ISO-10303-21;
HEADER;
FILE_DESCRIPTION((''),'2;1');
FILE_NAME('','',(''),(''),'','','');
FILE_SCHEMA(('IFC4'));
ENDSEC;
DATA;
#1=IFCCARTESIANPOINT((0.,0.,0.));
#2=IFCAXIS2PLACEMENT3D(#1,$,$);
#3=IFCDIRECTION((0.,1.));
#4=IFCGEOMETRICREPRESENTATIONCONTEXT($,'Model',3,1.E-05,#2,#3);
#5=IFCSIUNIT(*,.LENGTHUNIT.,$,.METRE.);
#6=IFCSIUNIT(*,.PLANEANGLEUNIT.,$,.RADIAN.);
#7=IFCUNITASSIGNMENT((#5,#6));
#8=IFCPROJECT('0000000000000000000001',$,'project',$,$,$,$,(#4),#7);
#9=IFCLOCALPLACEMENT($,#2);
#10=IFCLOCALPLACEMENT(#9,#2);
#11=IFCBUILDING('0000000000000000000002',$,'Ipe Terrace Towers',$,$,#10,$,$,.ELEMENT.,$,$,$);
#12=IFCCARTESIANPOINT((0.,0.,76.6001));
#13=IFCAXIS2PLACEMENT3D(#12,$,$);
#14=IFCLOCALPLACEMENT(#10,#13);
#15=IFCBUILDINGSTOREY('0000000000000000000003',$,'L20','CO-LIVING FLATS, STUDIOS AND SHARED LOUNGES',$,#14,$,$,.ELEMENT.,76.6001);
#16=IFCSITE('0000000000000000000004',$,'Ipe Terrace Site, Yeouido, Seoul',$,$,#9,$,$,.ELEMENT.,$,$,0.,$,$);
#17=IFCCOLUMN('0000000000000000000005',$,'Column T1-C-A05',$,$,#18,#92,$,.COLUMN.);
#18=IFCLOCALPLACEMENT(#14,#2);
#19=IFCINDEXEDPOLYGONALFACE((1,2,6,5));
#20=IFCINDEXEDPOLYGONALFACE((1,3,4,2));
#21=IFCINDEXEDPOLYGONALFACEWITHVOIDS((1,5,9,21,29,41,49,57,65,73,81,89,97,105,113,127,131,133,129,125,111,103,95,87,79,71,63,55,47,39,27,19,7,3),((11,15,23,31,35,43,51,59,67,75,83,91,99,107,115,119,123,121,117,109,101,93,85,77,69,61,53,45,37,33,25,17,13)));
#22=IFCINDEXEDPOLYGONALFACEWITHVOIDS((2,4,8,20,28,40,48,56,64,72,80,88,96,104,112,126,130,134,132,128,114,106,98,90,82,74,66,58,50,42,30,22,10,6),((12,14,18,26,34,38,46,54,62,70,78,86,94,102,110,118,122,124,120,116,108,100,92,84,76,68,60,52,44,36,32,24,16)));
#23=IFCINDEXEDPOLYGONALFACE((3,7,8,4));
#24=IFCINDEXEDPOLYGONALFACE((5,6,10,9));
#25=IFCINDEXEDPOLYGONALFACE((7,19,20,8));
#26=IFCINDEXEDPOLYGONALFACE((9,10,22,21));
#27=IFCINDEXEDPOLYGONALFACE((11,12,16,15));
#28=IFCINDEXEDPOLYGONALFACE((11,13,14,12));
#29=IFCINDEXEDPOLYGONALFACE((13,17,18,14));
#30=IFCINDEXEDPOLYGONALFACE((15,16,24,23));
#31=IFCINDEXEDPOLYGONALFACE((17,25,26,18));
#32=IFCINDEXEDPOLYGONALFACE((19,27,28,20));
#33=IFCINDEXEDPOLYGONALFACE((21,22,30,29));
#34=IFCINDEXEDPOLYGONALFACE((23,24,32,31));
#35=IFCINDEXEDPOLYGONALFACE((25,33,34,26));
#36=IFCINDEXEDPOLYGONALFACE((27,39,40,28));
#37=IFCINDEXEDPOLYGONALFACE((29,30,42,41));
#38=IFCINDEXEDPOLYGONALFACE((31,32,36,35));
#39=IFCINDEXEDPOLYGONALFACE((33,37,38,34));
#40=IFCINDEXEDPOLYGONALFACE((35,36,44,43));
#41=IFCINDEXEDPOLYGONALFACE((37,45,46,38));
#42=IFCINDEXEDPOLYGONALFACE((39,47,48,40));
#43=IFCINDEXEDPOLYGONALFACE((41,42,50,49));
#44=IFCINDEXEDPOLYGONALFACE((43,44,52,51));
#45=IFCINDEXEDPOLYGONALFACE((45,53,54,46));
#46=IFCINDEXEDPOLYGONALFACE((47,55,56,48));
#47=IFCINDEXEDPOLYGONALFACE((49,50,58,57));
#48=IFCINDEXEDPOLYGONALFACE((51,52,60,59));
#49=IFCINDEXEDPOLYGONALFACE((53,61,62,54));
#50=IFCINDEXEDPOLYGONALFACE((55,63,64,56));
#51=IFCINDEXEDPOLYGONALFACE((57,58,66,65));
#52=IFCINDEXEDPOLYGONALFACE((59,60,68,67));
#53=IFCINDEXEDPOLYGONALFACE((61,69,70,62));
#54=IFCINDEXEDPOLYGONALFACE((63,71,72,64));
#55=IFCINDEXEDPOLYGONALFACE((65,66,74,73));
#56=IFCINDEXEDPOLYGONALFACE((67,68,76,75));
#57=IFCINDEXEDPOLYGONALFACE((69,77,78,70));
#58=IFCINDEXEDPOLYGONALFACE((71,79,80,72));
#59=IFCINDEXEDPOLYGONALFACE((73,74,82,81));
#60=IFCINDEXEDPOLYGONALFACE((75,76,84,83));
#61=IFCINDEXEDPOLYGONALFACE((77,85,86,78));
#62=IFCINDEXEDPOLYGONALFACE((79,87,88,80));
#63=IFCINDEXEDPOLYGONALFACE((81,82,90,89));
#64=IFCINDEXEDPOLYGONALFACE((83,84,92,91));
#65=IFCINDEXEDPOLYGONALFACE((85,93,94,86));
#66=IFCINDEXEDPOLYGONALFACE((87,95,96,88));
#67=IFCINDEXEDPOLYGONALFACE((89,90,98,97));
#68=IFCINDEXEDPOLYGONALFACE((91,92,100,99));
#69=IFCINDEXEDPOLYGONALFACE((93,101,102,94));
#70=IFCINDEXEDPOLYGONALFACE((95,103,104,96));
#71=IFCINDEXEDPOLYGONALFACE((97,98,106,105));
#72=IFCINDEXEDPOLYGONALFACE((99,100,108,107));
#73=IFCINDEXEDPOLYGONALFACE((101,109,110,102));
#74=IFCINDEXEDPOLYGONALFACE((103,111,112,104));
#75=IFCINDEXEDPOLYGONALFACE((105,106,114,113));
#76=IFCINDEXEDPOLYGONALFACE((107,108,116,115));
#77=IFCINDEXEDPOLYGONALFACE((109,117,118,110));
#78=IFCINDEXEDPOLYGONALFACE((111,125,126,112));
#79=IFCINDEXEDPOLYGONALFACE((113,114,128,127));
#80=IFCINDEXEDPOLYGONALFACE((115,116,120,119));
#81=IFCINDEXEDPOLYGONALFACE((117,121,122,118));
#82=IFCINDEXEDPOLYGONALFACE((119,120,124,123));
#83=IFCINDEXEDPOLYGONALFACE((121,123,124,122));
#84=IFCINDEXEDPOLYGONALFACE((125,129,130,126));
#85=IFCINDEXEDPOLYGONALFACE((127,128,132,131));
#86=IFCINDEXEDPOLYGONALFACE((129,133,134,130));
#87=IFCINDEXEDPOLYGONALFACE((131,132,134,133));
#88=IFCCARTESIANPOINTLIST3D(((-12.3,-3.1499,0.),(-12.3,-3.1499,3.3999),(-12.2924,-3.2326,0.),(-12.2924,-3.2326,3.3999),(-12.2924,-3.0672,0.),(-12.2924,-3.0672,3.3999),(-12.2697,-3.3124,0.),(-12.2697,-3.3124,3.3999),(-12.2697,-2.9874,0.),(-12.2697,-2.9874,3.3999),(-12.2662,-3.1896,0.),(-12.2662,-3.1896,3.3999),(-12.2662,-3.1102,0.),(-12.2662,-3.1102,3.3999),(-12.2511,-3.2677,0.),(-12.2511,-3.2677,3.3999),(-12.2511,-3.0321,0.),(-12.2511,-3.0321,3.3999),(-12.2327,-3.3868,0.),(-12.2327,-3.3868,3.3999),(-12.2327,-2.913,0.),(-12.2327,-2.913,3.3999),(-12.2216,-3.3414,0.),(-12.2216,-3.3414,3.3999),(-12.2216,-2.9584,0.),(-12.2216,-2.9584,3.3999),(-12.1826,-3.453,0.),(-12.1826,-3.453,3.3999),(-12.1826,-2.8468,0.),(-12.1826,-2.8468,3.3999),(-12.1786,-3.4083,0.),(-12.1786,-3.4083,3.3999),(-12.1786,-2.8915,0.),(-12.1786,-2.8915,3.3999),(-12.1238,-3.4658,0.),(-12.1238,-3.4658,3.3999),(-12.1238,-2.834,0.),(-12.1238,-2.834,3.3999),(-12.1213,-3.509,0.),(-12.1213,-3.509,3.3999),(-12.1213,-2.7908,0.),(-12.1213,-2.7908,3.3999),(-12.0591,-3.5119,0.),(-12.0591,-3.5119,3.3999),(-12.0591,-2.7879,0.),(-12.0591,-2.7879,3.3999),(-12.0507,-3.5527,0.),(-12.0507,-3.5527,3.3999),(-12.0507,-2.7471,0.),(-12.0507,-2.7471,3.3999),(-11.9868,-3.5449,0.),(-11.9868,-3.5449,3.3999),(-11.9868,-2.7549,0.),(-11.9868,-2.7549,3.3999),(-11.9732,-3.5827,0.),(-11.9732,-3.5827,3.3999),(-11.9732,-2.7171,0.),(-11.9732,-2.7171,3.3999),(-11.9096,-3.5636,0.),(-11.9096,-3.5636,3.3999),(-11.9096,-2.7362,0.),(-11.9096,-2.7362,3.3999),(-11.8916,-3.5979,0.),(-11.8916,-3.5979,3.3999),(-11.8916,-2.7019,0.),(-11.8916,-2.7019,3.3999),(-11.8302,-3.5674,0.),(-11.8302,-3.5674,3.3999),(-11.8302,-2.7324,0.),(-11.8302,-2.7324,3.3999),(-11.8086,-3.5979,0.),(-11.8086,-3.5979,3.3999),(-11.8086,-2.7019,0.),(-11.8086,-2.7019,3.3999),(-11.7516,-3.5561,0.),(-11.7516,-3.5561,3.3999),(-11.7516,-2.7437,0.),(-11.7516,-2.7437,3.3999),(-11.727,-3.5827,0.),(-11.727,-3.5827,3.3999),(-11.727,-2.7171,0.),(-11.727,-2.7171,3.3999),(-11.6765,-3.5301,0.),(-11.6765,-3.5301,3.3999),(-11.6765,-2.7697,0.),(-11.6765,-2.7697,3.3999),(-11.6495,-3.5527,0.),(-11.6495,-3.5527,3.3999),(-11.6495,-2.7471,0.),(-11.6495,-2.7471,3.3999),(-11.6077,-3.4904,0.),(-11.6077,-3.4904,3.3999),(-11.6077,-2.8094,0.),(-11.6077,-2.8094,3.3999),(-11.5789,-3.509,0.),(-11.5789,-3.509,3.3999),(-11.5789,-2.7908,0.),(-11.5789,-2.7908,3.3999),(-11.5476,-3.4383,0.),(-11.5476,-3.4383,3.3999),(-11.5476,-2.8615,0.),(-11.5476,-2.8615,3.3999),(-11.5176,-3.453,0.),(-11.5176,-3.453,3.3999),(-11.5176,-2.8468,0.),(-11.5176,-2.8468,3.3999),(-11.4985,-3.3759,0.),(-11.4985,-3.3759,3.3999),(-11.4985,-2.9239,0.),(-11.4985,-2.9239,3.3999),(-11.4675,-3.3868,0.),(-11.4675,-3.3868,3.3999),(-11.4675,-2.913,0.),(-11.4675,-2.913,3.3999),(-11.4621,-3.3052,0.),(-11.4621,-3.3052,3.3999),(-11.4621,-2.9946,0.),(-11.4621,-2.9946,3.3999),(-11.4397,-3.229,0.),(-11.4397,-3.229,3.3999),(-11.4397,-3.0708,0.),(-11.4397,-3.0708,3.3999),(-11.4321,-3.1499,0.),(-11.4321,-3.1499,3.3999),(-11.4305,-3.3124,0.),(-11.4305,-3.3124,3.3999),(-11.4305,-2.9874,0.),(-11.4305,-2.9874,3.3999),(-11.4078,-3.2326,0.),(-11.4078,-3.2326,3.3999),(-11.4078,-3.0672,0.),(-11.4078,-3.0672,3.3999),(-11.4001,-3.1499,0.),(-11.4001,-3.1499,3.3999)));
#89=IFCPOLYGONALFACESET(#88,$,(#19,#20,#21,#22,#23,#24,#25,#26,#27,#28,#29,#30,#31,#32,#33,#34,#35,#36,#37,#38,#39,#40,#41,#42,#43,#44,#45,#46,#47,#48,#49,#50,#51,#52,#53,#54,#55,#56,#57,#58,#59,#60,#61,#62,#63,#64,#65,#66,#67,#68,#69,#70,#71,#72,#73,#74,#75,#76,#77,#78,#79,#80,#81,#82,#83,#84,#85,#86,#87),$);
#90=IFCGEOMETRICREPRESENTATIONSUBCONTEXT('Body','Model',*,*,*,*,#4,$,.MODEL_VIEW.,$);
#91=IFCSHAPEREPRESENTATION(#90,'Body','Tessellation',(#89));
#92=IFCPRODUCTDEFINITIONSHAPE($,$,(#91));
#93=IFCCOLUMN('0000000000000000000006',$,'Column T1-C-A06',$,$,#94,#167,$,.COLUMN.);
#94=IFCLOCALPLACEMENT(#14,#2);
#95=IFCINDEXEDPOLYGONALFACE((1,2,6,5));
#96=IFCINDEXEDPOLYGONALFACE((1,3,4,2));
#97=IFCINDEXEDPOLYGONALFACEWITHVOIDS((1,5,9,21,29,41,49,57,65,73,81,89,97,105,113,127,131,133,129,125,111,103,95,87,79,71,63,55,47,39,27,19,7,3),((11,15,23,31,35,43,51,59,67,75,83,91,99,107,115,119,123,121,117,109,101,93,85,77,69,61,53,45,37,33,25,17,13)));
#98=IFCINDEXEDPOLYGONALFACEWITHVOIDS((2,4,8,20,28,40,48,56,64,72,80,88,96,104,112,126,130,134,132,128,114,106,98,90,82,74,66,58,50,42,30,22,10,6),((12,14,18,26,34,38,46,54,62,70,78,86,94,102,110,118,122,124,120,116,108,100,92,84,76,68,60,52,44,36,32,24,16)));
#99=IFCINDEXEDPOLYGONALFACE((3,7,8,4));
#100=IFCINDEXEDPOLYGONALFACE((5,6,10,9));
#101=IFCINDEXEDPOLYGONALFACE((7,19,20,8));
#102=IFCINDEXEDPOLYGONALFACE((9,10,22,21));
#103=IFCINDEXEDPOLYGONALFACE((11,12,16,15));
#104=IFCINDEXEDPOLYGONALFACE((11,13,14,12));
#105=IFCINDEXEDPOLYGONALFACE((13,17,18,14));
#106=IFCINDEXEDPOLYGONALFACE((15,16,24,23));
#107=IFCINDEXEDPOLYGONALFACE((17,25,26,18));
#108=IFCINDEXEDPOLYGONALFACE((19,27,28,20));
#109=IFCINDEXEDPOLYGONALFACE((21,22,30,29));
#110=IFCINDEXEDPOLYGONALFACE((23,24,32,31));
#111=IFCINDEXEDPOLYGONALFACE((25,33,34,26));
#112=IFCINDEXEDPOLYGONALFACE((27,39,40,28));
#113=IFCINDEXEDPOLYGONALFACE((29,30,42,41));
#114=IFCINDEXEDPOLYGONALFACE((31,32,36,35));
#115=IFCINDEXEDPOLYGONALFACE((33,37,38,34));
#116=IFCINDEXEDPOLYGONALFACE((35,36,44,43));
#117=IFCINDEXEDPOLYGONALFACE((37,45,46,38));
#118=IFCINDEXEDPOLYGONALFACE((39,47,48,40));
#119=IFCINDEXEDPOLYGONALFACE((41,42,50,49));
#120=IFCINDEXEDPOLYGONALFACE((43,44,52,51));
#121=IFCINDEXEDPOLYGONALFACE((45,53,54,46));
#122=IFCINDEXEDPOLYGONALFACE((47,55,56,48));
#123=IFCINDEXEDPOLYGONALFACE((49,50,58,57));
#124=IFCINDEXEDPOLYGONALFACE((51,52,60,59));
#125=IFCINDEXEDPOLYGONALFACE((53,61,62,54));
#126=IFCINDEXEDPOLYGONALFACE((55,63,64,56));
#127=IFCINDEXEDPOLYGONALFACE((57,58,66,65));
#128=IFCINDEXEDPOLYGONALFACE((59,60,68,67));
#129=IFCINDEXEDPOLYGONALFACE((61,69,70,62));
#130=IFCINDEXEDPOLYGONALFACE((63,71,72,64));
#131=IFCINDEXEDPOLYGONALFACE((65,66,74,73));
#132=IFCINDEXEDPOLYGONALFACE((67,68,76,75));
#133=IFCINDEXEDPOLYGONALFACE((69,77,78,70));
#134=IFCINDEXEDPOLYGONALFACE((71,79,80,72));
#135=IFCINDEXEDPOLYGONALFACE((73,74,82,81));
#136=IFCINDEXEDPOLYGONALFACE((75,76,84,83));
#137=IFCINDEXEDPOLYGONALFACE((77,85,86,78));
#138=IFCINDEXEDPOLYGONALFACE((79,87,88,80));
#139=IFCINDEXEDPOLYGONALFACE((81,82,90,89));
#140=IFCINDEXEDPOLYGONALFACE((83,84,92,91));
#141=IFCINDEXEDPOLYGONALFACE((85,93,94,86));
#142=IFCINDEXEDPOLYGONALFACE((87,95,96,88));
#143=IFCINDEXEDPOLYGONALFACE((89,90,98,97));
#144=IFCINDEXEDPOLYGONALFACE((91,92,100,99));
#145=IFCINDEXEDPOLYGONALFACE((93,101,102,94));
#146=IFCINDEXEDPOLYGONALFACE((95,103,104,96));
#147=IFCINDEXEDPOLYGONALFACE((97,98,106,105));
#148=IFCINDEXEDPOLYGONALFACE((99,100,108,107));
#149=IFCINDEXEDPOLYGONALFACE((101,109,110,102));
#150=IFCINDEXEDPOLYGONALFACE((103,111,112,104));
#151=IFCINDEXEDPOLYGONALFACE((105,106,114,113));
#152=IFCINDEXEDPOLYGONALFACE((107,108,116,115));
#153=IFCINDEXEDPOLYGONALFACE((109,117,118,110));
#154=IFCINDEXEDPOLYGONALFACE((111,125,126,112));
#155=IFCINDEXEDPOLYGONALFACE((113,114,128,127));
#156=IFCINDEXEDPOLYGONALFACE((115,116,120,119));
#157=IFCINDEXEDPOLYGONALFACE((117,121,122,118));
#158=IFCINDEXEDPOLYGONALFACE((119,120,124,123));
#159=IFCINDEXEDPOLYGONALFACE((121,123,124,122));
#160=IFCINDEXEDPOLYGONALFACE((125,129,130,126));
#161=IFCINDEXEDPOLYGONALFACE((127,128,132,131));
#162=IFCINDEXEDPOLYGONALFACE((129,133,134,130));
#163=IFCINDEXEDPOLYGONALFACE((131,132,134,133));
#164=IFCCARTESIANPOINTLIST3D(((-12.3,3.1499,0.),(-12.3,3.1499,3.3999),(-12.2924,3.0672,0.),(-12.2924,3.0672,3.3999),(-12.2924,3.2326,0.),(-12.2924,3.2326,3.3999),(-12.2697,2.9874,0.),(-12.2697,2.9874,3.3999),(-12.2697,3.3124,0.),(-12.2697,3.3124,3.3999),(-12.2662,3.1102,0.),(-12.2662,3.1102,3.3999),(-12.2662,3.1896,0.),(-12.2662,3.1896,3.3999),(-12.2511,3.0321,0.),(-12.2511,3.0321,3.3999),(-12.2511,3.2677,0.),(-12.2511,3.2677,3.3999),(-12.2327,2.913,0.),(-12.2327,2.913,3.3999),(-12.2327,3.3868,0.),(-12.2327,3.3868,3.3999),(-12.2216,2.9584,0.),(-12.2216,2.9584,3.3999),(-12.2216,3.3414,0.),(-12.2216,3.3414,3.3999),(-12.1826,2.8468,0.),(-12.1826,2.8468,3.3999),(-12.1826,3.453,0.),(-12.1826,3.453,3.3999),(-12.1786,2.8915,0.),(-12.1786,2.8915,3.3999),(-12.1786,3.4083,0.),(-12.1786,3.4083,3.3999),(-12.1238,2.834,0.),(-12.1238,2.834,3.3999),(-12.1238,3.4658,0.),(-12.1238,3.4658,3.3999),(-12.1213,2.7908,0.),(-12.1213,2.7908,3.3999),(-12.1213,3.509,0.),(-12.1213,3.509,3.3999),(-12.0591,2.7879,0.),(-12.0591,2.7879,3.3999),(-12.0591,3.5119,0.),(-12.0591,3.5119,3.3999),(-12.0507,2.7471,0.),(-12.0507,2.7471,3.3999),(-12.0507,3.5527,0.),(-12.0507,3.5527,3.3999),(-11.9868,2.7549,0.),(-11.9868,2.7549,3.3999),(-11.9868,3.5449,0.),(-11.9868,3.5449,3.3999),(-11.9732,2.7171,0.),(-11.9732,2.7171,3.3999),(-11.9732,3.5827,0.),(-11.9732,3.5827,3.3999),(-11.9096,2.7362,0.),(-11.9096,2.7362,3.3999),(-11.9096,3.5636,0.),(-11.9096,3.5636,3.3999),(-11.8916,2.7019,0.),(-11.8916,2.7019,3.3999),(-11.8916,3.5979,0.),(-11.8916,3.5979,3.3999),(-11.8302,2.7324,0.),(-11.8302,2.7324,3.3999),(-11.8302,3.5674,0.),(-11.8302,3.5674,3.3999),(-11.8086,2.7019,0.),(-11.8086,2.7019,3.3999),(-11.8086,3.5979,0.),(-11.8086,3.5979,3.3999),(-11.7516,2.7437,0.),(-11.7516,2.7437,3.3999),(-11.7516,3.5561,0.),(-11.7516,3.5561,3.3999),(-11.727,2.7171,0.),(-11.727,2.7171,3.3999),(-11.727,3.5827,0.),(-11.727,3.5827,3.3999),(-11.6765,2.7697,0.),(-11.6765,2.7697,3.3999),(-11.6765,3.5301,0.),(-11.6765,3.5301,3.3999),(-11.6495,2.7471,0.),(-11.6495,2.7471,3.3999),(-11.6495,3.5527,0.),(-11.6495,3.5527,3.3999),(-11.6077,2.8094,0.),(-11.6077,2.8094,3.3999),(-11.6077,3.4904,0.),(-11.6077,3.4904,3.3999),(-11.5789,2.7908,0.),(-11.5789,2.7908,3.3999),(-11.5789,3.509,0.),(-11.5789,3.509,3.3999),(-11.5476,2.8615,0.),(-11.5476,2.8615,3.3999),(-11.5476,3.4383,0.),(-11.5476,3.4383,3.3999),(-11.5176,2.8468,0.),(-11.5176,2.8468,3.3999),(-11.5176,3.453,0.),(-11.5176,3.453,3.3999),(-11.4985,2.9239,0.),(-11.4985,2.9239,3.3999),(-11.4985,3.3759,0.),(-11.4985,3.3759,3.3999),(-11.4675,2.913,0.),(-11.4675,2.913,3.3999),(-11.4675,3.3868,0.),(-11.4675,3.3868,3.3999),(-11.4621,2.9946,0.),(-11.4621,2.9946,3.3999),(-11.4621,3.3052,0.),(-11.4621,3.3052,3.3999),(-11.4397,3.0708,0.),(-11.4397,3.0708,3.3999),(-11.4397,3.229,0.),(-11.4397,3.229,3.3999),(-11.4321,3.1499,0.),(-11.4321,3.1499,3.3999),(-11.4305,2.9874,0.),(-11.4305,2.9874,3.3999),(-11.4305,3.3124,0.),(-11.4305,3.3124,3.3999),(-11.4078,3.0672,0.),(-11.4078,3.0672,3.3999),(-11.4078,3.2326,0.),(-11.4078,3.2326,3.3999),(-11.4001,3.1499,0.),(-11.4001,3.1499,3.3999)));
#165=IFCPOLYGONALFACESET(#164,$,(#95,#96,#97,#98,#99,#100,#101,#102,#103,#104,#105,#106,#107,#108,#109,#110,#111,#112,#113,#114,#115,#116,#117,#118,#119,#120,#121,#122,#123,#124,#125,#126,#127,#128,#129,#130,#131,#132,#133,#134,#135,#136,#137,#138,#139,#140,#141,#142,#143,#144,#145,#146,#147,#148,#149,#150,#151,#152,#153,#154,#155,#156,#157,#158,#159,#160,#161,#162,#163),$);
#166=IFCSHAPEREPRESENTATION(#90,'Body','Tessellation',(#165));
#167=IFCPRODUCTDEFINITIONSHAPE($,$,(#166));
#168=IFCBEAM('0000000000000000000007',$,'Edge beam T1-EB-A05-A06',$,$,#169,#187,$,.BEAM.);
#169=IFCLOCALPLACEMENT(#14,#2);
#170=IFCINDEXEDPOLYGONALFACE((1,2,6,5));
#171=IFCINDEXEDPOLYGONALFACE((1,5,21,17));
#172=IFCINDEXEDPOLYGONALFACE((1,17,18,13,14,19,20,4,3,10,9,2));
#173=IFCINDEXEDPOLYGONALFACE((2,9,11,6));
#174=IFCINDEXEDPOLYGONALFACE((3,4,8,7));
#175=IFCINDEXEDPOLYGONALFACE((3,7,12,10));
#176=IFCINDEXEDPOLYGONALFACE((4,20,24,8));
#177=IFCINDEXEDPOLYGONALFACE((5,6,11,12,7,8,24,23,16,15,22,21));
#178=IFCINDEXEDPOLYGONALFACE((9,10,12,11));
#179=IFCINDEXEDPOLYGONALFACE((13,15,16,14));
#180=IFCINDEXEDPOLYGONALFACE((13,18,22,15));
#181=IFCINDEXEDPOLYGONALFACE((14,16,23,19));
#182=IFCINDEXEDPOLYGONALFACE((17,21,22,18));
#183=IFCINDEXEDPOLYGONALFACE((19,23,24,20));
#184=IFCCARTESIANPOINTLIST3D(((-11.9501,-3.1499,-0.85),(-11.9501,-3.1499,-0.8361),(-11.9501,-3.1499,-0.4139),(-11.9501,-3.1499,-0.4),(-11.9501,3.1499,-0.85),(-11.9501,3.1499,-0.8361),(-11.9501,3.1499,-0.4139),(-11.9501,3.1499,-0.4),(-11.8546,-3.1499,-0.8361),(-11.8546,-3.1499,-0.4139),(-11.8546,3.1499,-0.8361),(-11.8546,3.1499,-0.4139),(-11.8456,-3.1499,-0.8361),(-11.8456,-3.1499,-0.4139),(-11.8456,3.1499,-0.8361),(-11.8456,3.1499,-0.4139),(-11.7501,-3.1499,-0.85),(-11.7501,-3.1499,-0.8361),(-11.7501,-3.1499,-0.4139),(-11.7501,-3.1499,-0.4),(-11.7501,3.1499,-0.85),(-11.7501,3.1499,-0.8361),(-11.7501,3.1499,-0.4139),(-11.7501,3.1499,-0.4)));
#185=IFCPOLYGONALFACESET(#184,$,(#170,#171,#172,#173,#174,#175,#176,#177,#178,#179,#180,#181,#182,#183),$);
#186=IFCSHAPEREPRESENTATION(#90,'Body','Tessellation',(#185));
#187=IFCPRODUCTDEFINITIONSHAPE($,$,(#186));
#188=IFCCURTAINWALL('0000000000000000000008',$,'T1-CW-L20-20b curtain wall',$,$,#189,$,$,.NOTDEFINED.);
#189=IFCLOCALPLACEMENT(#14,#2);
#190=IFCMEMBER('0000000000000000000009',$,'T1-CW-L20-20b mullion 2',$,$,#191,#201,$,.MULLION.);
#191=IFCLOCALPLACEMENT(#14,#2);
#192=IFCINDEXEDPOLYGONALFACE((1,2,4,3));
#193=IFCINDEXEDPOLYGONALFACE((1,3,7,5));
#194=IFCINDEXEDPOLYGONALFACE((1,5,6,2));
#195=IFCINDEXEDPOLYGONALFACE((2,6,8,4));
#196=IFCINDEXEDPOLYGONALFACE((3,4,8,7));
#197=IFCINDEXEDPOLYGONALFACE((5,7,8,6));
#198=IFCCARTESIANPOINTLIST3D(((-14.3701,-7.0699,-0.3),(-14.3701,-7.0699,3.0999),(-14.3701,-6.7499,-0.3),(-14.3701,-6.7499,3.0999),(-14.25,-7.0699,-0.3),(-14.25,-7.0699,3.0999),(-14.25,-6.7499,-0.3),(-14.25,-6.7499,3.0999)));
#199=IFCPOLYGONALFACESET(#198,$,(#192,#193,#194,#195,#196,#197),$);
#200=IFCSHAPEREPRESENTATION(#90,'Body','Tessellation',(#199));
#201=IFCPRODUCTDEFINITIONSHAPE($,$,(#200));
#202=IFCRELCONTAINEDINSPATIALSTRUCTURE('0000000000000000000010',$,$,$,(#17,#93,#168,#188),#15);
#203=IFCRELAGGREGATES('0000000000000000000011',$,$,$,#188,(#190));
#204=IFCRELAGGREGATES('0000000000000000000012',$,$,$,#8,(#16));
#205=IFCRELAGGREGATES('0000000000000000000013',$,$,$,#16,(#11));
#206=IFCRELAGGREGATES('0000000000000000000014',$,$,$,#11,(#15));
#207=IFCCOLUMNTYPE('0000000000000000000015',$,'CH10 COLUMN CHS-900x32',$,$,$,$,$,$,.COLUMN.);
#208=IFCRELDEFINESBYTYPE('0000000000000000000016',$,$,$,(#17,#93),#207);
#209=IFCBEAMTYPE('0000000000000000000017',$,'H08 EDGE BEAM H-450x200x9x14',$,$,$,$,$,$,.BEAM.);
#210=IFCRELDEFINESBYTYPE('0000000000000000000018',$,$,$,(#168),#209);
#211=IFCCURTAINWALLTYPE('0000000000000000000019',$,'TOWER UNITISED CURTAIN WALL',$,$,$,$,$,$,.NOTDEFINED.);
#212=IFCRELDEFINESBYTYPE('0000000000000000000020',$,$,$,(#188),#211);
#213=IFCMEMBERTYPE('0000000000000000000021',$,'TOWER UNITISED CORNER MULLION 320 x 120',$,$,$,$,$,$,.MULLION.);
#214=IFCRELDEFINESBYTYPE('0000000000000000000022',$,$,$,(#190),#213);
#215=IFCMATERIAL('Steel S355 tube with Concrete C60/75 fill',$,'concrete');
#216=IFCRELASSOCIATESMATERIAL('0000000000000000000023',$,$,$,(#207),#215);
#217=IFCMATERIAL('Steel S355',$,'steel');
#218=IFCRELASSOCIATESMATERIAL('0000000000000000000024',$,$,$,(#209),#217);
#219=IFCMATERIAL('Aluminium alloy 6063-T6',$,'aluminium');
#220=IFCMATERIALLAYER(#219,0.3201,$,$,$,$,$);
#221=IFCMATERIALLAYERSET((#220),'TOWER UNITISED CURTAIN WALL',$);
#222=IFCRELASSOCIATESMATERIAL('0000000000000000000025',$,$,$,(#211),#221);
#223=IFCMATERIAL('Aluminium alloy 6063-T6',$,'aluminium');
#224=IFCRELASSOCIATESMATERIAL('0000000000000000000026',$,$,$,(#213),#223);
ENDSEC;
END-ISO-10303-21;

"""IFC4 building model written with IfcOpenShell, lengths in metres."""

from ifc_helpers import new_model, si_unit, direction, frame, origin, origin_2d, place, context, subcontext, project, spatial, rectangle, hollow_circle, i_section, extrude, material, layer, layer_set, material_profile, profile_set, type_object, element, aggregate, save


model = new_model("IFC4")

# Units and contexts
model_context = context("Model", 3, precision=1e-05, world=origin(), true_north=direction((0.0, 1.0)))
body_context = subcontext(model_context, "Body", "Model", "MODEL_VIEW")
ifc_project = project(units=[si_unit("LENGTHUNIT", "METRE"), si_unit("PLANEANGLEUNIT", "RADIAN")], contexts=[model_context])

# Site, building, storey
site_placement = place(None, origin())
site = spatial("IfcSite", under=ifc_project, at=site_placement, Name="Ipe Terrace Site, Yeouido, Seoul", CompositionType="ELEMENT", RefElevation=0.0)
building_placement = place(site_placement, origin())
building = spatial("IfcBuilding", under=site, at=building_placement, Name="Ipe Terrace Towers", CompositionType="ELEMENT")
storey_placement = place(building_placement, frame((0.0, 0.0, 76.6001)))
storey = spatial("IfcBuildingStorey", under=building, at=storey_placement, Name="L20", Description="CO-LIVING FLATS, STUDIOS AND SHARED LOUNGES", CompositionType="ELEMENT", Elevation=76.6001)

# Columns
ifc_material_1 = material(Name="Steel S355 tube with Concrete C60/75 fill", Category="concrete")
ifc_material_profile_1 = material_profile(ifc_material_1, hollow_circle(Radius=0.45, WallThickness=0.032, at=origin_2d()), Name="CHS-900x32")
ifc_profile_set_1 = profile_set([ifc_material_profile_1], Name="Steel S355 tube with Concrete C60/75 fill")
column_type = type_object("IfcColumnType", Name="CH10 COLUMN CHS-900x32", PredefinedType="COLUMN", material=ifc_profile_set_1)
for number, where, z_axis, x_axis, name in (
    (1, (-11.8501, -3.1499, 0.0), (0.0, 0.0, 1.0), (1.0, 0.0, 0.0), "Column T1-C-A05"),
    (2, (-11.8501, 3.1499, 0.0), (0.0, 0.0, 1.0), (1.0, 0.0, 0.0), "Column T1-C-A06"),
):
    element("IfcColumn", number, at=place(storey_placement, frame(where, z_axis=z_axis, x_axis=x_axis)), inside=storey, type_object=column_type, Name=name, PredefinedType="COLUMN", context=body_context, shape_type="SweptSolid", body=[
        extrude(hollow_circle(Radius=0.45, WallThickness=0.032, at=origin_2d()), origin(), (0.0, 0.0, 1.0), 3.3999),
    ])

# Beam
ifc_material_2 = material(Name="Steel S355", Category="steel")
ifc_material_profile_2 = material_profile(ifc_material_2, i_section(OverallWidth=0.2, OverallDepth=0.45, WebThickness=0.009, FlangeThickness=0.0139, at=origin_2d()), Name="H-450x200x9x14")
ifc_profile_set_2 = profile_set([ifc_material_profile_2], Name="Steel S355")
beam_type = type_object("IfcBeamType", Name="H08 EDGE BEAM H-450x200x9x14", PredefinedType="BEAM", material=ifc_profile_set_2)
beam_placement = place(storey_placement, frame((-11.8501, -3.1499, -0.625), z_axis=(0.0, 1.0, 0.0), x_axis=(-1.0, 0.0, 0.0)))
element("IfcBeam", 3, at=beam_placement, inside=storey, type_object=beam_type, Name="Edge beam T1-EB-A05-A06", PredefinedType="BEAM", context=body_context, shape_type="SweptSolid", body=[
    extrude(i_section(OverallWidth=0.2, OverallDepth=0.45, WebThickness=0.009, FlangeThickness=0.0139, at=origin_2d()), origin(), (0.0, 0.0, 1.0), 6.2998),
])

# Curtain wall, member
ifc_material_3 = material(Name="Aluminium alloy 6063-T6", Category="aluminium")
ifc_layer_1 = layer(ifc_material_3, 0.3201)
ifc_layer_set_1 = layer_set([ifc_layer_1], Name="TOWER UNITISED CURTAIN WALL")
curtain_wall_type = type_object("IfcCurtainWallType", Name="TOWER UNITISED CURTAIN WALL", PredefinedType="NOTDEFINED", material=ifc_layer_set_1)
curtain_wall_1_placement = place(storey_placement, origin())
curtain_wall_1 = element("IfcCurtainWall", 4, at=curtain_wall_1_placement, inside=storey, type_object=curtain_wall_type, Name="T1-CW-L20-20b curtain wall", PredefinedType="NOTDEFINED")
ifc_material_4 = material(Name="Aluminium alloy 6063-T6", Category="aluminium")
ifc_material_profile_3 = material_profile(ifc_material_4, rectangle(XDim=0.3201, YDim=0.1201, at=origin_2d()), Name="TOWER UNITISED CORNER MULLION 320 x 120")
ifc_profile_set_3 = profile_set([ifc_material_profile_3], Name="Aluminium alloy 6063-T6")
member_type_1 = type_object("IfcMemberType", Name="TOWER UNITISED CORNER MULLION 320 x 120", PredefinedType="MULLION", material=ifc_profile_set_3)
member_1_placement = place(storey_placement, frame((-14.3101, -6.9099, -0.3), z_axis=(0.0, 0.0, 1.0), x_axis=(0.0, -1.0, 0.0)))
member_1 = element("IfcMember", 5, at=member_1_placement, type_object=member_type_1, Name="T1-CW-L20-20b mullion 2", PredefinedType="MULLION", context=body_context, shape_type="SweptSolid", body=[
    extrude(rectangle(XDim=0.3201, YDim=0.1201, at=origin_2d()), origin(), (0.0, 0.0, 1.0), 3.3999),
])

aggregate(curtain_wall_1, [member_1])

save(model, "model.ifc")
